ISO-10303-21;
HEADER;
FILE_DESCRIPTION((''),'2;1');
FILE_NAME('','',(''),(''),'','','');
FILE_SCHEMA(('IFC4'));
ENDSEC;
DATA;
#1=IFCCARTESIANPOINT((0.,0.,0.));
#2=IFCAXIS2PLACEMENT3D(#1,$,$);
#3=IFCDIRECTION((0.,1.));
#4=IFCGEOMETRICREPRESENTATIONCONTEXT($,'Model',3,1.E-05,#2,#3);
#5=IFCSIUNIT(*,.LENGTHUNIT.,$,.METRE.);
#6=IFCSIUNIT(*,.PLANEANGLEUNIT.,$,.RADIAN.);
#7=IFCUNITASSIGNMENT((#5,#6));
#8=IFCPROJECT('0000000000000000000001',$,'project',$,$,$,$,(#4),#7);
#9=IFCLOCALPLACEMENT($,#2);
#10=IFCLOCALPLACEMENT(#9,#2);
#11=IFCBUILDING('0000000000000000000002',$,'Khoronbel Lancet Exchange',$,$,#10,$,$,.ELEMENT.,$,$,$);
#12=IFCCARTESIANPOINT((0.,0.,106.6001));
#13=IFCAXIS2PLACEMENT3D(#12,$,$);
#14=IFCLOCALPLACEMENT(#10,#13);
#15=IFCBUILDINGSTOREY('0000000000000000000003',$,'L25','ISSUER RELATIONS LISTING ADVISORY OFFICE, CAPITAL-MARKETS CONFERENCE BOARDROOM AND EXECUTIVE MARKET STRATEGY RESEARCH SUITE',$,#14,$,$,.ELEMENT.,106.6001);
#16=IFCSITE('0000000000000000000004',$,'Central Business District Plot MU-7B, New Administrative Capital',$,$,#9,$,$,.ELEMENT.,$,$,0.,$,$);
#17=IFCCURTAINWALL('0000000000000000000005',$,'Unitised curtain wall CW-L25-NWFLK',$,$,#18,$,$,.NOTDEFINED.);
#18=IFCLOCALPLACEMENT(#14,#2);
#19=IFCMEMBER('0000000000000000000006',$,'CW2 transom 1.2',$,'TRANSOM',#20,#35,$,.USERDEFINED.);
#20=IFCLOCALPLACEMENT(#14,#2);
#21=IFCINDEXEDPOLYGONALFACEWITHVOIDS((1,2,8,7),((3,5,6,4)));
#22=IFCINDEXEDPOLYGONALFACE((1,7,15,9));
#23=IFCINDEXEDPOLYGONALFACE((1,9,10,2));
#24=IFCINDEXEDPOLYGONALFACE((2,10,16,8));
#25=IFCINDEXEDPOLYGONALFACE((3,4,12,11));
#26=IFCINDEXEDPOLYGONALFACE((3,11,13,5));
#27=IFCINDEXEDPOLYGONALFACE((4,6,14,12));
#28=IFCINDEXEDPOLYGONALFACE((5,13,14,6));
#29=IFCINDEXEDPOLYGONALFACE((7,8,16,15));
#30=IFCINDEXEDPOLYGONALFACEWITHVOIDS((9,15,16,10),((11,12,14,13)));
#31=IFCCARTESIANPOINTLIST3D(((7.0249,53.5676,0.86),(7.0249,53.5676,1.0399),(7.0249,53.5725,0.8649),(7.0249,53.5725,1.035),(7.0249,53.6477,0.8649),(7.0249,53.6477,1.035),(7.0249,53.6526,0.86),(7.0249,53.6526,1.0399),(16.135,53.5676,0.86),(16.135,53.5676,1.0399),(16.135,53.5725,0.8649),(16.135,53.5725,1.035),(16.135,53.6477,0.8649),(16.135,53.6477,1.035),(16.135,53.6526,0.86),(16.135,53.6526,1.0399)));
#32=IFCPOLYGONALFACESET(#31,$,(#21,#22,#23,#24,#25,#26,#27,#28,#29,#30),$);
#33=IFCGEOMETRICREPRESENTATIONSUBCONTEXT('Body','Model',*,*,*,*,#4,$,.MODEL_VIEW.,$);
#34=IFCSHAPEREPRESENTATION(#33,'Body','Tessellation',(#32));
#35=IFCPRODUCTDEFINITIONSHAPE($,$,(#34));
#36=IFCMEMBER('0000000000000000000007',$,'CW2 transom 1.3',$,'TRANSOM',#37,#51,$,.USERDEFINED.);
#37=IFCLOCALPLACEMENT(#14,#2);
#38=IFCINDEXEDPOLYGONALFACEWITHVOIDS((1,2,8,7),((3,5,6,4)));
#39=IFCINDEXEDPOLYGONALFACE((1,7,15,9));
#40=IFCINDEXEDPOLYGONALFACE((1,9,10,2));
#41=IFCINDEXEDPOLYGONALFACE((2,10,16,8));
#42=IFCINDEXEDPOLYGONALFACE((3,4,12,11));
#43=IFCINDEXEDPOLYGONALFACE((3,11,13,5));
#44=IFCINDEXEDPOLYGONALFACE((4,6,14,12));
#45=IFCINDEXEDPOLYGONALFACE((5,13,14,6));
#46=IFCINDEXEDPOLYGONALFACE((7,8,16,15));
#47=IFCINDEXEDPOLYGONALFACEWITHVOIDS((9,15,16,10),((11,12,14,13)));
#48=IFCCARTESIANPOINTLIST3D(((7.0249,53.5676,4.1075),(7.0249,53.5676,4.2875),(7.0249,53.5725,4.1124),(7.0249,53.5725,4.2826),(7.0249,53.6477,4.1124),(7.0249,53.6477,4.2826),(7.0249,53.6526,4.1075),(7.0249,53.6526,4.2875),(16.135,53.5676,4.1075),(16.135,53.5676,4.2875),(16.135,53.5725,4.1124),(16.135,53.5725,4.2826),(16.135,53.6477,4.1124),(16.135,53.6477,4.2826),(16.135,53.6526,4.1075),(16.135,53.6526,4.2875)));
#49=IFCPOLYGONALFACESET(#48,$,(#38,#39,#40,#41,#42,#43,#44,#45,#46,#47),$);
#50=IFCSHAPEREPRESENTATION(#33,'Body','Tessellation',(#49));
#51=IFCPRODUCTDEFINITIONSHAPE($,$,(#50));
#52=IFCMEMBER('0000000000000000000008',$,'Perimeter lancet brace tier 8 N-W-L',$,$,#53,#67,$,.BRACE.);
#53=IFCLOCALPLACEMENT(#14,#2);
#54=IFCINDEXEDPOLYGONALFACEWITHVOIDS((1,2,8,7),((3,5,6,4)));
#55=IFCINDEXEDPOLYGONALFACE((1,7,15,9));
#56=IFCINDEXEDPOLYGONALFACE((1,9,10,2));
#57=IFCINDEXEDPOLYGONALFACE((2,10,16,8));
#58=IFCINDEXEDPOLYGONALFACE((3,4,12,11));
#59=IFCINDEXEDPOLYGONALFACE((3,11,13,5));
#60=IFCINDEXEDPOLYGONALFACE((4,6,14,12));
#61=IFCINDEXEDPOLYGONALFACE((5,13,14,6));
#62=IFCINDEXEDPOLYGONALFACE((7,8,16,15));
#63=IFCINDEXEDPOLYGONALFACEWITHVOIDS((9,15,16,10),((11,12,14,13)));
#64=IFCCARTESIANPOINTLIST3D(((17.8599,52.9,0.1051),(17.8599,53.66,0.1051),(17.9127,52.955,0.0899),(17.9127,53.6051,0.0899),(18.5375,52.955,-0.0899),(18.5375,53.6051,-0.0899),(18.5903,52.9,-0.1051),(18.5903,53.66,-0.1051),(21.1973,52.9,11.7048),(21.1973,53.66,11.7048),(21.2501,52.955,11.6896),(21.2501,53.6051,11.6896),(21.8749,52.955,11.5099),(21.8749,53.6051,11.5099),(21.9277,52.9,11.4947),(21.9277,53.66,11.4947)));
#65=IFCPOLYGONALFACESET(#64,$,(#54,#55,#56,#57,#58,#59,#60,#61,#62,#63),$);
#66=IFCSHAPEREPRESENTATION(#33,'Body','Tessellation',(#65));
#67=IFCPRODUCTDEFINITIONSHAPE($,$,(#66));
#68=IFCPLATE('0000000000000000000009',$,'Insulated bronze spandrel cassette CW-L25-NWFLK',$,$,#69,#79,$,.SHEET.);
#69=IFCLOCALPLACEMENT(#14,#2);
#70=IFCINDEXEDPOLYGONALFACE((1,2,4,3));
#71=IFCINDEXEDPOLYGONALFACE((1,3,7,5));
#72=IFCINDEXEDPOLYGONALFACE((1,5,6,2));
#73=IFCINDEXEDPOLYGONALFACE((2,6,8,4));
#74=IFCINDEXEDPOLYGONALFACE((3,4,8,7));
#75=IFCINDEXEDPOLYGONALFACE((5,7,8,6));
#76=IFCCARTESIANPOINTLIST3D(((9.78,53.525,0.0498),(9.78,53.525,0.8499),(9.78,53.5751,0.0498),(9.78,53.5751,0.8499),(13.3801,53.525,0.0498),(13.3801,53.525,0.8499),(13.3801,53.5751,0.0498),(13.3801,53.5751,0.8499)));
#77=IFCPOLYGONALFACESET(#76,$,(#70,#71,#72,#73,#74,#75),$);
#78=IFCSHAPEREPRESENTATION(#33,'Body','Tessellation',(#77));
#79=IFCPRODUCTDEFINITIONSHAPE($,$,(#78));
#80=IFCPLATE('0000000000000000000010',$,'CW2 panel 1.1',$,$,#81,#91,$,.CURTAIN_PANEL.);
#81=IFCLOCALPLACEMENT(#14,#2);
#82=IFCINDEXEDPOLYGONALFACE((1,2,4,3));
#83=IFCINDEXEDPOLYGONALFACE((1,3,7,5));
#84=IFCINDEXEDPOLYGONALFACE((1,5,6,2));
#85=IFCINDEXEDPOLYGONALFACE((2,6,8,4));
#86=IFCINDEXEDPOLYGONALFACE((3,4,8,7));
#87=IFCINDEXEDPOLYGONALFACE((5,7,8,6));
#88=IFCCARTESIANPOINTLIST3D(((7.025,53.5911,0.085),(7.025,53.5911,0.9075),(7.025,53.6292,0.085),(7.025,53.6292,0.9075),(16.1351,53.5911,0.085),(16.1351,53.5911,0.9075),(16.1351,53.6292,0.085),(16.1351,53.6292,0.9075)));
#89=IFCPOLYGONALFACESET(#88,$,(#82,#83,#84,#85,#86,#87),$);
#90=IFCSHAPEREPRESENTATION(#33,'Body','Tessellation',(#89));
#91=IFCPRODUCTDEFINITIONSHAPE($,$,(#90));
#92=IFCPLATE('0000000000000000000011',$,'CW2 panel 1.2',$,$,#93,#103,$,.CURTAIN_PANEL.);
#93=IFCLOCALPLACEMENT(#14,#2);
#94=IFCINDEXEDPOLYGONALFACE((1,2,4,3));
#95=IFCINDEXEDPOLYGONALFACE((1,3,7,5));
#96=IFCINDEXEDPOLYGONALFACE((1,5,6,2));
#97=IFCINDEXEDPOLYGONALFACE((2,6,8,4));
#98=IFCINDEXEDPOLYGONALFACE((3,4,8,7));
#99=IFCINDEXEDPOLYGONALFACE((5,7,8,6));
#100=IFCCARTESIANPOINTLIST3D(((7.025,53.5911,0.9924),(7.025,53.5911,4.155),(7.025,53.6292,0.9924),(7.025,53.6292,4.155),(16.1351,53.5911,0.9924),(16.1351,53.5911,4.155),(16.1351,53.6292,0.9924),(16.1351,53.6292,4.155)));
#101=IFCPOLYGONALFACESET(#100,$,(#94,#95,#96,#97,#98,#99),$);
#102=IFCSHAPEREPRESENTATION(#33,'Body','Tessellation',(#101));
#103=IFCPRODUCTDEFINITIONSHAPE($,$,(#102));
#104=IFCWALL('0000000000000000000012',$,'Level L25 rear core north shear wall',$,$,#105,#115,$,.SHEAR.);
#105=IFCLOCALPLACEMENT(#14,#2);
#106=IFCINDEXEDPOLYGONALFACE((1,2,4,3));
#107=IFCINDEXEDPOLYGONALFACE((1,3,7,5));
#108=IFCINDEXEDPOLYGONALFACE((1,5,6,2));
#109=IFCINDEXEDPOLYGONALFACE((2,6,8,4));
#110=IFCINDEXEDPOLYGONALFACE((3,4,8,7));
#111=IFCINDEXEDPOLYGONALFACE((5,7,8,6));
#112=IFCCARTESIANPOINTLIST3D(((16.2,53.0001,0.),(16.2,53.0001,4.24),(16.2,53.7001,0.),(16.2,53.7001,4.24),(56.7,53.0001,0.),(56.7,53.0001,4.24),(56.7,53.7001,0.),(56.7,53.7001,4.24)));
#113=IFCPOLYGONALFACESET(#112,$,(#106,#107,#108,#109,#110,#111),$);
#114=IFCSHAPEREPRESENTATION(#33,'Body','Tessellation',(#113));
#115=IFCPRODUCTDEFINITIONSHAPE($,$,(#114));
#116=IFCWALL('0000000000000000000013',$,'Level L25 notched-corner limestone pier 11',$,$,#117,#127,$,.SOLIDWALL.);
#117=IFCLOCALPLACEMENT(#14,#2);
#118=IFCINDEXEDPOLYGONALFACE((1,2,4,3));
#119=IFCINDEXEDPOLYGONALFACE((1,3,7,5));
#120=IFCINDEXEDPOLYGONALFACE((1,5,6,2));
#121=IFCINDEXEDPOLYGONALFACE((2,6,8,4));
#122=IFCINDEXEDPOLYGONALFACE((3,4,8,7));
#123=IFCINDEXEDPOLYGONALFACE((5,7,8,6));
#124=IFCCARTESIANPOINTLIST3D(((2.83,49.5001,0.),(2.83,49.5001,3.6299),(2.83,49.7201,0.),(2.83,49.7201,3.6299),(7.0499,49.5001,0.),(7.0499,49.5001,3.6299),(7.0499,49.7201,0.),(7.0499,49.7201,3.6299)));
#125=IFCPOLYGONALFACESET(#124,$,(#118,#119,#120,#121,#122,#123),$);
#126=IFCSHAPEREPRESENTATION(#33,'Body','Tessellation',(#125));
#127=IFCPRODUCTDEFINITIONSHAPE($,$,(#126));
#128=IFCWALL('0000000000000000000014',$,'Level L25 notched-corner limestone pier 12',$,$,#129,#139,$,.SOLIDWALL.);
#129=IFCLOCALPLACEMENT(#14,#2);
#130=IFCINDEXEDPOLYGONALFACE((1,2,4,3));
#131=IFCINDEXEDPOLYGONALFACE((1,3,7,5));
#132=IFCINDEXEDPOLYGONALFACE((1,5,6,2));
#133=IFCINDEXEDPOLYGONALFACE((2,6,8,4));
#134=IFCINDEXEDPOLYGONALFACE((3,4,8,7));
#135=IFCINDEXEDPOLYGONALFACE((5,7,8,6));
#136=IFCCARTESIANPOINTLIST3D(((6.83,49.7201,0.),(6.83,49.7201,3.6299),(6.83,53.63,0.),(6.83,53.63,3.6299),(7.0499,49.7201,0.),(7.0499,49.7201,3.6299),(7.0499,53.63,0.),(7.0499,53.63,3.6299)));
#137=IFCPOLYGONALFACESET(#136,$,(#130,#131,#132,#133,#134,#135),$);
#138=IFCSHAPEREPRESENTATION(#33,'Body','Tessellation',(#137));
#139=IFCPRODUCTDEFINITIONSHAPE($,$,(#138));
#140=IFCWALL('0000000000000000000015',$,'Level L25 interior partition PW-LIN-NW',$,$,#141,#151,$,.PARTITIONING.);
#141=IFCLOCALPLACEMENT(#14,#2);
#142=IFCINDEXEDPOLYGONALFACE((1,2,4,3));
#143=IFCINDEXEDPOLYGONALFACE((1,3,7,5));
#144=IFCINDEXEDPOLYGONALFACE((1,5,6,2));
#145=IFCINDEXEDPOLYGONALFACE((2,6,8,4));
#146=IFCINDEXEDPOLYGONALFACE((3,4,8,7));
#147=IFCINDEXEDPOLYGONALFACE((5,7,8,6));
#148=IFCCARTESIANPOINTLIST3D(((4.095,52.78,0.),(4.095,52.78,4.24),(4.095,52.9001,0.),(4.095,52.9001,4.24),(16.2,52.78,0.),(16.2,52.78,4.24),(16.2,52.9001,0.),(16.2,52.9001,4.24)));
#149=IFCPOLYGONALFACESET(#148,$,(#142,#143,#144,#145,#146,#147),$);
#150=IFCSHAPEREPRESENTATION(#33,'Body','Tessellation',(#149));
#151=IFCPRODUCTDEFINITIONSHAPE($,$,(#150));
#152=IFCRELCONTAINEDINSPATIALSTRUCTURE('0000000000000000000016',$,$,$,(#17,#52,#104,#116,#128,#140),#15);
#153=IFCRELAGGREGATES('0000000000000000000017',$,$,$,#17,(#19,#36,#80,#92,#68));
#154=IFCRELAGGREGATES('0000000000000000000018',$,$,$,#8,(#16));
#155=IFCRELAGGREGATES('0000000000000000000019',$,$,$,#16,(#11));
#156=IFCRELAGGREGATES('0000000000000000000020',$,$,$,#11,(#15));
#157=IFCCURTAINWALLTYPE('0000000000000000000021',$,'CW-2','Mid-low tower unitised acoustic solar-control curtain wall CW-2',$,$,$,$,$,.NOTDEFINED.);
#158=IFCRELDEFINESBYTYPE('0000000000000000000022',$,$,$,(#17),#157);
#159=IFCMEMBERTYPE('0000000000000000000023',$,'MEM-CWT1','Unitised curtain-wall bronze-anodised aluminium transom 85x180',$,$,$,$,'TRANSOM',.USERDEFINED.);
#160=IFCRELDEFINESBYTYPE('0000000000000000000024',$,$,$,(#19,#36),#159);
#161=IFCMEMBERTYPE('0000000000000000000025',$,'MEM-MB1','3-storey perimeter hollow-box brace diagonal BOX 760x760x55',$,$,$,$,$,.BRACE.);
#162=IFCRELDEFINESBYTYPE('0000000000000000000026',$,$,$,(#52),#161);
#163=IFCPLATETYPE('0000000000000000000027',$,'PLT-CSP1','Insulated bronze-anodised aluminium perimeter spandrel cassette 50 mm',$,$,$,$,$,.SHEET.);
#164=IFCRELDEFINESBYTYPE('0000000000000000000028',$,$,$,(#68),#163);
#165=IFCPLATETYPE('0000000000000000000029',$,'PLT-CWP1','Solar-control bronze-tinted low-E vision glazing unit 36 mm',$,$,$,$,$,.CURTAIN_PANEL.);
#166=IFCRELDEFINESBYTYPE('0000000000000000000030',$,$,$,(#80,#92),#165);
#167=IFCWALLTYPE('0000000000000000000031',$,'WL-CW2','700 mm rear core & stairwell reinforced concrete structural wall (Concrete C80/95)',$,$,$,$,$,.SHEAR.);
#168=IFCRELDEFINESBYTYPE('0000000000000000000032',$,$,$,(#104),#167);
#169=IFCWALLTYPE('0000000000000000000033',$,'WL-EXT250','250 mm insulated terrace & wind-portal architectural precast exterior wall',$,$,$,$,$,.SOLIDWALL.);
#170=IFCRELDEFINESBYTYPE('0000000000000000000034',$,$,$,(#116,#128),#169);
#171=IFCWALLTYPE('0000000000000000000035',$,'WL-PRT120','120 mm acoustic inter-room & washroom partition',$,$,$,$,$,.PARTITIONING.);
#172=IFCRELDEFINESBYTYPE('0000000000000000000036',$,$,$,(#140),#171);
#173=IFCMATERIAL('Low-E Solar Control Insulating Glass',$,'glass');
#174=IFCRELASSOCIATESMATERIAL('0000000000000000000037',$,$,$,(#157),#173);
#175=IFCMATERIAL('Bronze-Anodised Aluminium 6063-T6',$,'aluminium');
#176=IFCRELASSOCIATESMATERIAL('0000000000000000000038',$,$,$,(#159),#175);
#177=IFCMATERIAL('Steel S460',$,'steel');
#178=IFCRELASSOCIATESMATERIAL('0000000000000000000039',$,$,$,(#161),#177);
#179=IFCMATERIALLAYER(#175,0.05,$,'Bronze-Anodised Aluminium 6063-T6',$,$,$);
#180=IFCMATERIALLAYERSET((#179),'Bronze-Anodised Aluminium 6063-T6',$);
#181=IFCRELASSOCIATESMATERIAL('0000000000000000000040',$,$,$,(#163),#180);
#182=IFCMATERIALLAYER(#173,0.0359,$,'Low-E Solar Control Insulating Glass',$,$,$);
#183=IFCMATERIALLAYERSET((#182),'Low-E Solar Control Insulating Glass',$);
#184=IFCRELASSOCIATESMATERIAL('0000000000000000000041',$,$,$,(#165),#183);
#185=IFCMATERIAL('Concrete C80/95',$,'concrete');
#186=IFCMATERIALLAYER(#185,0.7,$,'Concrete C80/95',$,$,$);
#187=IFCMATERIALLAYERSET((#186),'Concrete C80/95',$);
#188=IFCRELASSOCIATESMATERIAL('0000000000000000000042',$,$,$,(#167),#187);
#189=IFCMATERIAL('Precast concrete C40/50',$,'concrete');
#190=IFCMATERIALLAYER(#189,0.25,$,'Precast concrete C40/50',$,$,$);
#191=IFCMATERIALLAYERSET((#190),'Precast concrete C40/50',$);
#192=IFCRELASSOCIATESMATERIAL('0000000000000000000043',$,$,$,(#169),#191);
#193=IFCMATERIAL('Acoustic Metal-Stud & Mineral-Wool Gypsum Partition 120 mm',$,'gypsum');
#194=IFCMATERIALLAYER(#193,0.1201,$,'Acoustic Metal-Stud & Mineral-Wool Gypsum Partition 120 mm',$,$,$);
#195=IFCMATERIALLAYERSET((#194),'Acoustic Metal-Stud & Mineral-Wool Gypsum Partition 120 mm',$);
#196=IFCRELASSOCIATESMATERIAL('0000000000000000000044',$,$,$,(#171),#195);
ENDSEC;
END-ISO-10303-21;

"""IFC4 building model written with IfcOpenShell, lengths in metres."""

from ifc_helpers import new_model, si_unit, direction, frame, frame_2d, origin, origin_2d, place, context, subcontext, project, spatial, rectangle, hollow_rectangle, extrude, material, layer, layer_set, material_profile, profile_set, type_object, element, aggregate, save


model = new_model("IFC4")

# Units and contexts
model_context = context("Model", 3, precision=1e-05, world=origin(), true_north=direction((0.0, 1.0)))
body_context = subcontext(model_context, "Body", "Model", "MODEL_VIEW")
ifc_project = project(units=[si_unit("LENGTHUNIT", "METRE"), si_unit("PLANEANGLEUNIT", "RADIAN")], contexts=[model_context])

# Site, building, storey
site_placement = place(None, origin())
site = spatial("IfcSite", under=ifc_project, at=site_placement, Name="Central Business District Plot MU-7B, New Administrative Capital", CompositionType="ELEMENT", RefElevation=0.0)
building_placement = place(site_placement, origin())
building = spatial("IfcBuilding", under=site, at=building_placement, Name="Khoronbel Lancet Exchange", CompositionType="ELEMENT")
storey_placement = place(building_placement, frame((0.0, 0.0, 106.6001)))
storey = spatial("IfcBuildingStorey", under=building, at=storey_placement, Name="L25", Description="ISSUER RELATIONS LISTING ADVISORY OFFICE, CAPITAL-MARKETS CONFERENCE BOARDROOM AND EXECUTIVE MARKET STRATEGY RESEARCH SUITE", CompositionType="ELEMENT", Elevation=106.6001)

# Shared definitions
ifc_material_1 = material(Name="Steel S460", Category="steel")

# Curtain wall, members
ifc_material_2 = material(Name="Low-E Solar Control Insulating Glass", Category="glass")
curtain_wall_type = type_object("IfcCurtainWallType", Name="CW-2", Description="Mid-low tower unitised acoustic solar-control curtain wall CW-2", PredefinedType="NOTDEFINED", material=ifc_material_2)
curtain_wall_placement = place(storey_placement, origin())
curtain_wall = element("IfcCurtainWall", 1, at=curtain_wall_placement, inside=storey, type_object=curtain_wall_type, Name="Unitised curtain wall CW-L25-NWFLK", PredefinedType="NOTDEFINED")
ifc_material_3 = material(Name="Bronze-Anodised Aluminium 6063-T6", Category="aluminium")
ifc_material_profile_1 = material_profile(ifc_material_3, hollow_rectangle(XDim=0.085, YDim=0.1799, WallThickness=0.0049, at=origin_2d()), Name="ALU TRANSOM 85x180")
ifc_profile_set_1 = profile_set([ifc_material_profile_1], Name="Bronze-Anodised Aluminium 6063-T6")
member_type_1 = type_object("IfcMemberType", Name="MEM-CWT1", Description="Unitised curtain-wall bronze-anodised aluminium transom 85x180", ElementType="TRANSOM", PredefinedType="USERDEFINED", material=ifc_profile_set_1)
member_1_placement = place(storey_placement, frame((16.135, 53.6101, 0.95), z_axis=(-1.0, 0.0, 0.0), x_axis=(0.0, -1.0, 0.0)))
member_1 = element("IfcMember", 2, at=member_1_placement, type_object=member_type_1, Name="CW2 transom 1.2", ObjectType="TRANSOM", PredefinedType="USERDEFINED", context=body_context, shape_type="SweptSolid", body=[
    extrude(hollow_rectangle(XDim=0.085, YDim=0.1799, WallThickness=0.0049, at=origin_2d()), origin(), (0.0, 0.0, 1.0), 9.1101),
])
member_2_placement = place(storey_placement, frame((16.135, 53.6101, 4.1975), z_axis=(-1.0, 0.0, 0.0), x_axis=(0.0, -1.0, 0.0)))
member_2 = element("IfcMember", 3, at=member_2_placement, type_object=member_type_1, Name="CW2 transom 1.3", ObjectType="TRANSOM", PredefinedType="USERDEFINED", context=body_context, shape_type="SweptSolid", body=[
    extrude(hollow_rectangle(XDim=0.085, YDim=0.1799, WallThickness=0.0049, at=origin_2d()), origin(), (0.0, 0.0, 1.0), 9.1101),
])

# Member
ifc_material_profile_2 = material_profile(ifc_material_1, hollow_rectangle(XDim=0.76, YDim=0.76, WallThickness=0.0549, at=origin_2d()), Name="BOX 760x760x55")
ifc_profile_set_2 = profile_set([ifc_material_profile_2], Name="Steel S460")
member_type_2 = type_object("IfcMemberType", Name="MEM-MB1", Description="3-storey perimeter hollow-box brace diagonal BOX 760x760x55", PredefinedType="BRACE", material=ifc_profile_set_2)
member_3_placement = place(storey_placement, frame((18.2251, 53.28, 0.0), z_axis=(0.276494, 0.0, 0.961016), x_axis=(0.0, 1.0, 0.0)))
element("IfcMember", 4, at=member_3_placement, inside=storey, type_object=member_type_2, Name="Perimeter lancet brace tier 8 N-W-L", PredefinedType="BRACE", context=body_context, shape_type="SweptSolid", body=[
    extrude(hollow_rectangle(XDim=0.76, YDim=0.76, WallThickness=0.0549, at=origin_2d()), origin(), (0.0, 0.0, 1.0), 12.0703),
])

# Plates
ifc_layer_1 = layer(ifc_material_3, 0.05, Name="Bronze-Anodised Aluminium 6063-T6")
ifc_layer_set_1 = layer_set([ifc_layer_1], Name="Bronze-Anodised Aluminium 6063-T6")
plate_type_1 = type_object("IfcPlateType", Name="PLT-CSP1", Description="Insulated bronze-anodised aluminium perimeter spandrel cassette 50 mm", PredefinedType="SHEET", material=ifc_layer_set_1)
plate_1_placement = place(storey_placement, frame((11.5801, 53.55, 0.0498), z_axis=(0.0, 0.0, 1.0), x_axis=(-1.0, 0.0, 0.0)))
plate_1 = element("IfcPlate", 5, at=plate_1_placement, type_object=plate_type_1, Name="Insulated bronze spandrel cassette CW-L25-NWFLK", PredefinedType="SHEET", context=body_context, shape_type="SweptSolid", body=[
    extrude(rectangle(XDim=3.6001, YDim=0.05, at=origin_2d()), origin(), (0.0, 0.0, 1.0), 0.8),
])
ifc_layer_2 = layer(ifc_material_2, 0.0359, Name="Low-E Solar Control Insulating Glass")
ifc_layer_set_2 = layer_set([ifc_layer_2], Name="Low-E Solar Control Insulating Glass")
plate_type_2 = type_object("IfcPlateType", Name="PLT-CWP1", Description="Solar-control bronze-tinted low-E vision glazing unit 36 mm", PredefinedType="CURTAIN_PANEL", material=ifc_layer_set_2)
plate_2_placement = place(storey_placement, frame((11.5801, 53.6101, 0.085), z_axis=(0.0, 0.0, 1.0), x_axis=(-1.0, 0.0, 0.0)))
plate_2 = element("IfcPlate", 6, at=plate_2_placement, type_object=plate_type_2, Name="CW2 panel 1.1", PredefinedType="CURTAIN_PANEL", context=body_context, shape_type="SweptSolid", body=[
    extrude(rectangle(XDim=9.1101, YDim=0.0381, at=origin_2d()), origin(), (0.0, 0.0, 1.0), 0.8225),
])
plate_3_placement = place(storey_placement, frame((11.5801, 53.6101, 0.9924), z_axis=(0.0, 0.0, 1.0), x_axis=(-1.0, 0.0, 0.0)))
plate_3 = element("IfcPlate", 7, at=plate_3_placement, type_object=plate_type_2, Name="CW2 panel 1.2", PredefinedType="CURTAIN_PANEL", context=body_context, shape_type="SweptSolid", body=[
    extrude(rectangle(XDim=9.1101, YDim=0.0381, at=origin_2d()), origin(), (0.0, 0.0, 1.0), 3.1626),
])
aggregate(curtain_wall, [member_1, member_2, plate_2, plate_3, plate_1])

# Walls
ifc_material_4 = material(Name="Concrete C80/95", Category="concrete")
ifc_layer_3 = layer(ifc_material_4, 0.7, Name="Concrete C80/95")
ifc_layer_set_3 = layer_set([ifc_layer_3], Name="Concrete C80/95")
wall_type_1 = type_object("IfcWallType", Name="WL-CW2", Description="700 mm rear core & stairwell reinforced concrete structural wall (Concrete C80/95)", PredefinedType="SHEAR", material=ifc_layer_set_3)
wall_1_placement = place(storey_placement, frame((16.2, 53.3501, 0.0), z_axis=(0.0, 0.0, 1.0), x_axis=(1.0, 0.0, 0.0)))
element("IfcWall", 8, at=wall_1_placement, inside=storey, type_object=wall_type_1, Name="Level L25 rear core north shear wall", PredefinedType="SHEAR", context=body_context, shape_type="SweptSolid", body=[
    extrude(rectangle(XDim=40.5, YDim=0.7, at=frame_2d((20.25, 0.0))), origin(), (0.0, 0.0, 1.0), 4.24),
])
ifc_material_5 = material(Name="Precast concrete C40/50", Category="concrete")
ifc_layer_4 = layer(ifc_material_5, 0.25, Name="Precast concrete C40/50")
ifc_layer_set_4 = layer_set([ifc_layer_4], Name="Precast concrete C40/50")
wall_type_2 = type_object("IfcWallType", Name="WL-EXT250", Description="250 mm insulated terrace & wind-portal architectural precast exterior wall", PredefinedType="SOLIDWALL", material=ifc_layer_set_4)
wall_2_placement = place(storey_placement, frame((2.8301, 49.6101, 0.0), z_axis=(0.0, 0.0, 1.0), x_axis=(1.0, 0.0, 0.0)))
element("IfcWall", 9, at=wall_2_placement, inside=storey, type_object=wall_type_2, Name="Level L25 notched-corner limestone pier 11", PredefinedType="SOLIDWALL", context=body_context, shape_type="SweptSolid", body=[
    extrude(rectangle(XDim=4.22, YDim=0.22, at=frame_2d((2.1099, 0.0))), origin(), (0.0, 0.0, 1.0), 3.6299),
])
wall_3_placement = place(storey_placement, frame((6.9399, 49.72, 0.0), z_axis=(0.0, 0.0, 1.0), x_axis=(0.0, 1.0, 0.0)))
element("IfcWall", 10, at=wall_3_placement, inside=storey, type_object=wall_type_2, Name="Level L25 notched-corner limestone pier 12", PredefinedType="SOLIDWALL", context=body_context, shape_type="SweptSolid", body=[
    extrude(rectangle(XDim=3.9099, YDim=0.22, at=frame_2d((1.9551, 0.0))), origin(), (0.0, 0.0, 1.0), 3.6299),
])
ifc_material_6 = material(Name="Acoustic Metal-Stud & Mineral-Wool Gypsum Partition 120 mm", Category="gypsum")
ifc_layer_5 = layer(ifc_material_6, 0.1201, Name="Acoustic Metal-Stud & Mineral-Wool Gypsum Partition 120 mm")
ifc_layer_set_5 = layer_set([ifc_layer_5], Name="Acoustic Metal-Stud & Mineral-Wool Gypsum Partition 120 mm")
wall_type_3 = type_object("IfcWallType", Name="WL-PRT120", Description="120 mm acoustic inter-room & washroom partition", PredefinedType="PARTITIONING", material=ifc_layer_set_5)
wall_4_placement = place(storey_placement, frame((4.095, 52.8401, 0.0), z_axis=(0.0, 0.0, 1.0), x_axis=(1.0, 0.0, 0.0)))
element("IfcWall", 11, at=wall_4_placement, inside=storey, type_object=wall_type_3, Name="Level L25 interior partition PW-LIN-NW", PredefinedType="PARTITIONING", context=body_context, shape_type="SweptSolid", body=[
    extrude(rectangle(XDim=12.105, YDim=0.1201, at=frame_2d((6.0525, 0.0))), origin(), (0.0, 0.0, 1.0), 4.24),
])

save(model, "model.ifc")
